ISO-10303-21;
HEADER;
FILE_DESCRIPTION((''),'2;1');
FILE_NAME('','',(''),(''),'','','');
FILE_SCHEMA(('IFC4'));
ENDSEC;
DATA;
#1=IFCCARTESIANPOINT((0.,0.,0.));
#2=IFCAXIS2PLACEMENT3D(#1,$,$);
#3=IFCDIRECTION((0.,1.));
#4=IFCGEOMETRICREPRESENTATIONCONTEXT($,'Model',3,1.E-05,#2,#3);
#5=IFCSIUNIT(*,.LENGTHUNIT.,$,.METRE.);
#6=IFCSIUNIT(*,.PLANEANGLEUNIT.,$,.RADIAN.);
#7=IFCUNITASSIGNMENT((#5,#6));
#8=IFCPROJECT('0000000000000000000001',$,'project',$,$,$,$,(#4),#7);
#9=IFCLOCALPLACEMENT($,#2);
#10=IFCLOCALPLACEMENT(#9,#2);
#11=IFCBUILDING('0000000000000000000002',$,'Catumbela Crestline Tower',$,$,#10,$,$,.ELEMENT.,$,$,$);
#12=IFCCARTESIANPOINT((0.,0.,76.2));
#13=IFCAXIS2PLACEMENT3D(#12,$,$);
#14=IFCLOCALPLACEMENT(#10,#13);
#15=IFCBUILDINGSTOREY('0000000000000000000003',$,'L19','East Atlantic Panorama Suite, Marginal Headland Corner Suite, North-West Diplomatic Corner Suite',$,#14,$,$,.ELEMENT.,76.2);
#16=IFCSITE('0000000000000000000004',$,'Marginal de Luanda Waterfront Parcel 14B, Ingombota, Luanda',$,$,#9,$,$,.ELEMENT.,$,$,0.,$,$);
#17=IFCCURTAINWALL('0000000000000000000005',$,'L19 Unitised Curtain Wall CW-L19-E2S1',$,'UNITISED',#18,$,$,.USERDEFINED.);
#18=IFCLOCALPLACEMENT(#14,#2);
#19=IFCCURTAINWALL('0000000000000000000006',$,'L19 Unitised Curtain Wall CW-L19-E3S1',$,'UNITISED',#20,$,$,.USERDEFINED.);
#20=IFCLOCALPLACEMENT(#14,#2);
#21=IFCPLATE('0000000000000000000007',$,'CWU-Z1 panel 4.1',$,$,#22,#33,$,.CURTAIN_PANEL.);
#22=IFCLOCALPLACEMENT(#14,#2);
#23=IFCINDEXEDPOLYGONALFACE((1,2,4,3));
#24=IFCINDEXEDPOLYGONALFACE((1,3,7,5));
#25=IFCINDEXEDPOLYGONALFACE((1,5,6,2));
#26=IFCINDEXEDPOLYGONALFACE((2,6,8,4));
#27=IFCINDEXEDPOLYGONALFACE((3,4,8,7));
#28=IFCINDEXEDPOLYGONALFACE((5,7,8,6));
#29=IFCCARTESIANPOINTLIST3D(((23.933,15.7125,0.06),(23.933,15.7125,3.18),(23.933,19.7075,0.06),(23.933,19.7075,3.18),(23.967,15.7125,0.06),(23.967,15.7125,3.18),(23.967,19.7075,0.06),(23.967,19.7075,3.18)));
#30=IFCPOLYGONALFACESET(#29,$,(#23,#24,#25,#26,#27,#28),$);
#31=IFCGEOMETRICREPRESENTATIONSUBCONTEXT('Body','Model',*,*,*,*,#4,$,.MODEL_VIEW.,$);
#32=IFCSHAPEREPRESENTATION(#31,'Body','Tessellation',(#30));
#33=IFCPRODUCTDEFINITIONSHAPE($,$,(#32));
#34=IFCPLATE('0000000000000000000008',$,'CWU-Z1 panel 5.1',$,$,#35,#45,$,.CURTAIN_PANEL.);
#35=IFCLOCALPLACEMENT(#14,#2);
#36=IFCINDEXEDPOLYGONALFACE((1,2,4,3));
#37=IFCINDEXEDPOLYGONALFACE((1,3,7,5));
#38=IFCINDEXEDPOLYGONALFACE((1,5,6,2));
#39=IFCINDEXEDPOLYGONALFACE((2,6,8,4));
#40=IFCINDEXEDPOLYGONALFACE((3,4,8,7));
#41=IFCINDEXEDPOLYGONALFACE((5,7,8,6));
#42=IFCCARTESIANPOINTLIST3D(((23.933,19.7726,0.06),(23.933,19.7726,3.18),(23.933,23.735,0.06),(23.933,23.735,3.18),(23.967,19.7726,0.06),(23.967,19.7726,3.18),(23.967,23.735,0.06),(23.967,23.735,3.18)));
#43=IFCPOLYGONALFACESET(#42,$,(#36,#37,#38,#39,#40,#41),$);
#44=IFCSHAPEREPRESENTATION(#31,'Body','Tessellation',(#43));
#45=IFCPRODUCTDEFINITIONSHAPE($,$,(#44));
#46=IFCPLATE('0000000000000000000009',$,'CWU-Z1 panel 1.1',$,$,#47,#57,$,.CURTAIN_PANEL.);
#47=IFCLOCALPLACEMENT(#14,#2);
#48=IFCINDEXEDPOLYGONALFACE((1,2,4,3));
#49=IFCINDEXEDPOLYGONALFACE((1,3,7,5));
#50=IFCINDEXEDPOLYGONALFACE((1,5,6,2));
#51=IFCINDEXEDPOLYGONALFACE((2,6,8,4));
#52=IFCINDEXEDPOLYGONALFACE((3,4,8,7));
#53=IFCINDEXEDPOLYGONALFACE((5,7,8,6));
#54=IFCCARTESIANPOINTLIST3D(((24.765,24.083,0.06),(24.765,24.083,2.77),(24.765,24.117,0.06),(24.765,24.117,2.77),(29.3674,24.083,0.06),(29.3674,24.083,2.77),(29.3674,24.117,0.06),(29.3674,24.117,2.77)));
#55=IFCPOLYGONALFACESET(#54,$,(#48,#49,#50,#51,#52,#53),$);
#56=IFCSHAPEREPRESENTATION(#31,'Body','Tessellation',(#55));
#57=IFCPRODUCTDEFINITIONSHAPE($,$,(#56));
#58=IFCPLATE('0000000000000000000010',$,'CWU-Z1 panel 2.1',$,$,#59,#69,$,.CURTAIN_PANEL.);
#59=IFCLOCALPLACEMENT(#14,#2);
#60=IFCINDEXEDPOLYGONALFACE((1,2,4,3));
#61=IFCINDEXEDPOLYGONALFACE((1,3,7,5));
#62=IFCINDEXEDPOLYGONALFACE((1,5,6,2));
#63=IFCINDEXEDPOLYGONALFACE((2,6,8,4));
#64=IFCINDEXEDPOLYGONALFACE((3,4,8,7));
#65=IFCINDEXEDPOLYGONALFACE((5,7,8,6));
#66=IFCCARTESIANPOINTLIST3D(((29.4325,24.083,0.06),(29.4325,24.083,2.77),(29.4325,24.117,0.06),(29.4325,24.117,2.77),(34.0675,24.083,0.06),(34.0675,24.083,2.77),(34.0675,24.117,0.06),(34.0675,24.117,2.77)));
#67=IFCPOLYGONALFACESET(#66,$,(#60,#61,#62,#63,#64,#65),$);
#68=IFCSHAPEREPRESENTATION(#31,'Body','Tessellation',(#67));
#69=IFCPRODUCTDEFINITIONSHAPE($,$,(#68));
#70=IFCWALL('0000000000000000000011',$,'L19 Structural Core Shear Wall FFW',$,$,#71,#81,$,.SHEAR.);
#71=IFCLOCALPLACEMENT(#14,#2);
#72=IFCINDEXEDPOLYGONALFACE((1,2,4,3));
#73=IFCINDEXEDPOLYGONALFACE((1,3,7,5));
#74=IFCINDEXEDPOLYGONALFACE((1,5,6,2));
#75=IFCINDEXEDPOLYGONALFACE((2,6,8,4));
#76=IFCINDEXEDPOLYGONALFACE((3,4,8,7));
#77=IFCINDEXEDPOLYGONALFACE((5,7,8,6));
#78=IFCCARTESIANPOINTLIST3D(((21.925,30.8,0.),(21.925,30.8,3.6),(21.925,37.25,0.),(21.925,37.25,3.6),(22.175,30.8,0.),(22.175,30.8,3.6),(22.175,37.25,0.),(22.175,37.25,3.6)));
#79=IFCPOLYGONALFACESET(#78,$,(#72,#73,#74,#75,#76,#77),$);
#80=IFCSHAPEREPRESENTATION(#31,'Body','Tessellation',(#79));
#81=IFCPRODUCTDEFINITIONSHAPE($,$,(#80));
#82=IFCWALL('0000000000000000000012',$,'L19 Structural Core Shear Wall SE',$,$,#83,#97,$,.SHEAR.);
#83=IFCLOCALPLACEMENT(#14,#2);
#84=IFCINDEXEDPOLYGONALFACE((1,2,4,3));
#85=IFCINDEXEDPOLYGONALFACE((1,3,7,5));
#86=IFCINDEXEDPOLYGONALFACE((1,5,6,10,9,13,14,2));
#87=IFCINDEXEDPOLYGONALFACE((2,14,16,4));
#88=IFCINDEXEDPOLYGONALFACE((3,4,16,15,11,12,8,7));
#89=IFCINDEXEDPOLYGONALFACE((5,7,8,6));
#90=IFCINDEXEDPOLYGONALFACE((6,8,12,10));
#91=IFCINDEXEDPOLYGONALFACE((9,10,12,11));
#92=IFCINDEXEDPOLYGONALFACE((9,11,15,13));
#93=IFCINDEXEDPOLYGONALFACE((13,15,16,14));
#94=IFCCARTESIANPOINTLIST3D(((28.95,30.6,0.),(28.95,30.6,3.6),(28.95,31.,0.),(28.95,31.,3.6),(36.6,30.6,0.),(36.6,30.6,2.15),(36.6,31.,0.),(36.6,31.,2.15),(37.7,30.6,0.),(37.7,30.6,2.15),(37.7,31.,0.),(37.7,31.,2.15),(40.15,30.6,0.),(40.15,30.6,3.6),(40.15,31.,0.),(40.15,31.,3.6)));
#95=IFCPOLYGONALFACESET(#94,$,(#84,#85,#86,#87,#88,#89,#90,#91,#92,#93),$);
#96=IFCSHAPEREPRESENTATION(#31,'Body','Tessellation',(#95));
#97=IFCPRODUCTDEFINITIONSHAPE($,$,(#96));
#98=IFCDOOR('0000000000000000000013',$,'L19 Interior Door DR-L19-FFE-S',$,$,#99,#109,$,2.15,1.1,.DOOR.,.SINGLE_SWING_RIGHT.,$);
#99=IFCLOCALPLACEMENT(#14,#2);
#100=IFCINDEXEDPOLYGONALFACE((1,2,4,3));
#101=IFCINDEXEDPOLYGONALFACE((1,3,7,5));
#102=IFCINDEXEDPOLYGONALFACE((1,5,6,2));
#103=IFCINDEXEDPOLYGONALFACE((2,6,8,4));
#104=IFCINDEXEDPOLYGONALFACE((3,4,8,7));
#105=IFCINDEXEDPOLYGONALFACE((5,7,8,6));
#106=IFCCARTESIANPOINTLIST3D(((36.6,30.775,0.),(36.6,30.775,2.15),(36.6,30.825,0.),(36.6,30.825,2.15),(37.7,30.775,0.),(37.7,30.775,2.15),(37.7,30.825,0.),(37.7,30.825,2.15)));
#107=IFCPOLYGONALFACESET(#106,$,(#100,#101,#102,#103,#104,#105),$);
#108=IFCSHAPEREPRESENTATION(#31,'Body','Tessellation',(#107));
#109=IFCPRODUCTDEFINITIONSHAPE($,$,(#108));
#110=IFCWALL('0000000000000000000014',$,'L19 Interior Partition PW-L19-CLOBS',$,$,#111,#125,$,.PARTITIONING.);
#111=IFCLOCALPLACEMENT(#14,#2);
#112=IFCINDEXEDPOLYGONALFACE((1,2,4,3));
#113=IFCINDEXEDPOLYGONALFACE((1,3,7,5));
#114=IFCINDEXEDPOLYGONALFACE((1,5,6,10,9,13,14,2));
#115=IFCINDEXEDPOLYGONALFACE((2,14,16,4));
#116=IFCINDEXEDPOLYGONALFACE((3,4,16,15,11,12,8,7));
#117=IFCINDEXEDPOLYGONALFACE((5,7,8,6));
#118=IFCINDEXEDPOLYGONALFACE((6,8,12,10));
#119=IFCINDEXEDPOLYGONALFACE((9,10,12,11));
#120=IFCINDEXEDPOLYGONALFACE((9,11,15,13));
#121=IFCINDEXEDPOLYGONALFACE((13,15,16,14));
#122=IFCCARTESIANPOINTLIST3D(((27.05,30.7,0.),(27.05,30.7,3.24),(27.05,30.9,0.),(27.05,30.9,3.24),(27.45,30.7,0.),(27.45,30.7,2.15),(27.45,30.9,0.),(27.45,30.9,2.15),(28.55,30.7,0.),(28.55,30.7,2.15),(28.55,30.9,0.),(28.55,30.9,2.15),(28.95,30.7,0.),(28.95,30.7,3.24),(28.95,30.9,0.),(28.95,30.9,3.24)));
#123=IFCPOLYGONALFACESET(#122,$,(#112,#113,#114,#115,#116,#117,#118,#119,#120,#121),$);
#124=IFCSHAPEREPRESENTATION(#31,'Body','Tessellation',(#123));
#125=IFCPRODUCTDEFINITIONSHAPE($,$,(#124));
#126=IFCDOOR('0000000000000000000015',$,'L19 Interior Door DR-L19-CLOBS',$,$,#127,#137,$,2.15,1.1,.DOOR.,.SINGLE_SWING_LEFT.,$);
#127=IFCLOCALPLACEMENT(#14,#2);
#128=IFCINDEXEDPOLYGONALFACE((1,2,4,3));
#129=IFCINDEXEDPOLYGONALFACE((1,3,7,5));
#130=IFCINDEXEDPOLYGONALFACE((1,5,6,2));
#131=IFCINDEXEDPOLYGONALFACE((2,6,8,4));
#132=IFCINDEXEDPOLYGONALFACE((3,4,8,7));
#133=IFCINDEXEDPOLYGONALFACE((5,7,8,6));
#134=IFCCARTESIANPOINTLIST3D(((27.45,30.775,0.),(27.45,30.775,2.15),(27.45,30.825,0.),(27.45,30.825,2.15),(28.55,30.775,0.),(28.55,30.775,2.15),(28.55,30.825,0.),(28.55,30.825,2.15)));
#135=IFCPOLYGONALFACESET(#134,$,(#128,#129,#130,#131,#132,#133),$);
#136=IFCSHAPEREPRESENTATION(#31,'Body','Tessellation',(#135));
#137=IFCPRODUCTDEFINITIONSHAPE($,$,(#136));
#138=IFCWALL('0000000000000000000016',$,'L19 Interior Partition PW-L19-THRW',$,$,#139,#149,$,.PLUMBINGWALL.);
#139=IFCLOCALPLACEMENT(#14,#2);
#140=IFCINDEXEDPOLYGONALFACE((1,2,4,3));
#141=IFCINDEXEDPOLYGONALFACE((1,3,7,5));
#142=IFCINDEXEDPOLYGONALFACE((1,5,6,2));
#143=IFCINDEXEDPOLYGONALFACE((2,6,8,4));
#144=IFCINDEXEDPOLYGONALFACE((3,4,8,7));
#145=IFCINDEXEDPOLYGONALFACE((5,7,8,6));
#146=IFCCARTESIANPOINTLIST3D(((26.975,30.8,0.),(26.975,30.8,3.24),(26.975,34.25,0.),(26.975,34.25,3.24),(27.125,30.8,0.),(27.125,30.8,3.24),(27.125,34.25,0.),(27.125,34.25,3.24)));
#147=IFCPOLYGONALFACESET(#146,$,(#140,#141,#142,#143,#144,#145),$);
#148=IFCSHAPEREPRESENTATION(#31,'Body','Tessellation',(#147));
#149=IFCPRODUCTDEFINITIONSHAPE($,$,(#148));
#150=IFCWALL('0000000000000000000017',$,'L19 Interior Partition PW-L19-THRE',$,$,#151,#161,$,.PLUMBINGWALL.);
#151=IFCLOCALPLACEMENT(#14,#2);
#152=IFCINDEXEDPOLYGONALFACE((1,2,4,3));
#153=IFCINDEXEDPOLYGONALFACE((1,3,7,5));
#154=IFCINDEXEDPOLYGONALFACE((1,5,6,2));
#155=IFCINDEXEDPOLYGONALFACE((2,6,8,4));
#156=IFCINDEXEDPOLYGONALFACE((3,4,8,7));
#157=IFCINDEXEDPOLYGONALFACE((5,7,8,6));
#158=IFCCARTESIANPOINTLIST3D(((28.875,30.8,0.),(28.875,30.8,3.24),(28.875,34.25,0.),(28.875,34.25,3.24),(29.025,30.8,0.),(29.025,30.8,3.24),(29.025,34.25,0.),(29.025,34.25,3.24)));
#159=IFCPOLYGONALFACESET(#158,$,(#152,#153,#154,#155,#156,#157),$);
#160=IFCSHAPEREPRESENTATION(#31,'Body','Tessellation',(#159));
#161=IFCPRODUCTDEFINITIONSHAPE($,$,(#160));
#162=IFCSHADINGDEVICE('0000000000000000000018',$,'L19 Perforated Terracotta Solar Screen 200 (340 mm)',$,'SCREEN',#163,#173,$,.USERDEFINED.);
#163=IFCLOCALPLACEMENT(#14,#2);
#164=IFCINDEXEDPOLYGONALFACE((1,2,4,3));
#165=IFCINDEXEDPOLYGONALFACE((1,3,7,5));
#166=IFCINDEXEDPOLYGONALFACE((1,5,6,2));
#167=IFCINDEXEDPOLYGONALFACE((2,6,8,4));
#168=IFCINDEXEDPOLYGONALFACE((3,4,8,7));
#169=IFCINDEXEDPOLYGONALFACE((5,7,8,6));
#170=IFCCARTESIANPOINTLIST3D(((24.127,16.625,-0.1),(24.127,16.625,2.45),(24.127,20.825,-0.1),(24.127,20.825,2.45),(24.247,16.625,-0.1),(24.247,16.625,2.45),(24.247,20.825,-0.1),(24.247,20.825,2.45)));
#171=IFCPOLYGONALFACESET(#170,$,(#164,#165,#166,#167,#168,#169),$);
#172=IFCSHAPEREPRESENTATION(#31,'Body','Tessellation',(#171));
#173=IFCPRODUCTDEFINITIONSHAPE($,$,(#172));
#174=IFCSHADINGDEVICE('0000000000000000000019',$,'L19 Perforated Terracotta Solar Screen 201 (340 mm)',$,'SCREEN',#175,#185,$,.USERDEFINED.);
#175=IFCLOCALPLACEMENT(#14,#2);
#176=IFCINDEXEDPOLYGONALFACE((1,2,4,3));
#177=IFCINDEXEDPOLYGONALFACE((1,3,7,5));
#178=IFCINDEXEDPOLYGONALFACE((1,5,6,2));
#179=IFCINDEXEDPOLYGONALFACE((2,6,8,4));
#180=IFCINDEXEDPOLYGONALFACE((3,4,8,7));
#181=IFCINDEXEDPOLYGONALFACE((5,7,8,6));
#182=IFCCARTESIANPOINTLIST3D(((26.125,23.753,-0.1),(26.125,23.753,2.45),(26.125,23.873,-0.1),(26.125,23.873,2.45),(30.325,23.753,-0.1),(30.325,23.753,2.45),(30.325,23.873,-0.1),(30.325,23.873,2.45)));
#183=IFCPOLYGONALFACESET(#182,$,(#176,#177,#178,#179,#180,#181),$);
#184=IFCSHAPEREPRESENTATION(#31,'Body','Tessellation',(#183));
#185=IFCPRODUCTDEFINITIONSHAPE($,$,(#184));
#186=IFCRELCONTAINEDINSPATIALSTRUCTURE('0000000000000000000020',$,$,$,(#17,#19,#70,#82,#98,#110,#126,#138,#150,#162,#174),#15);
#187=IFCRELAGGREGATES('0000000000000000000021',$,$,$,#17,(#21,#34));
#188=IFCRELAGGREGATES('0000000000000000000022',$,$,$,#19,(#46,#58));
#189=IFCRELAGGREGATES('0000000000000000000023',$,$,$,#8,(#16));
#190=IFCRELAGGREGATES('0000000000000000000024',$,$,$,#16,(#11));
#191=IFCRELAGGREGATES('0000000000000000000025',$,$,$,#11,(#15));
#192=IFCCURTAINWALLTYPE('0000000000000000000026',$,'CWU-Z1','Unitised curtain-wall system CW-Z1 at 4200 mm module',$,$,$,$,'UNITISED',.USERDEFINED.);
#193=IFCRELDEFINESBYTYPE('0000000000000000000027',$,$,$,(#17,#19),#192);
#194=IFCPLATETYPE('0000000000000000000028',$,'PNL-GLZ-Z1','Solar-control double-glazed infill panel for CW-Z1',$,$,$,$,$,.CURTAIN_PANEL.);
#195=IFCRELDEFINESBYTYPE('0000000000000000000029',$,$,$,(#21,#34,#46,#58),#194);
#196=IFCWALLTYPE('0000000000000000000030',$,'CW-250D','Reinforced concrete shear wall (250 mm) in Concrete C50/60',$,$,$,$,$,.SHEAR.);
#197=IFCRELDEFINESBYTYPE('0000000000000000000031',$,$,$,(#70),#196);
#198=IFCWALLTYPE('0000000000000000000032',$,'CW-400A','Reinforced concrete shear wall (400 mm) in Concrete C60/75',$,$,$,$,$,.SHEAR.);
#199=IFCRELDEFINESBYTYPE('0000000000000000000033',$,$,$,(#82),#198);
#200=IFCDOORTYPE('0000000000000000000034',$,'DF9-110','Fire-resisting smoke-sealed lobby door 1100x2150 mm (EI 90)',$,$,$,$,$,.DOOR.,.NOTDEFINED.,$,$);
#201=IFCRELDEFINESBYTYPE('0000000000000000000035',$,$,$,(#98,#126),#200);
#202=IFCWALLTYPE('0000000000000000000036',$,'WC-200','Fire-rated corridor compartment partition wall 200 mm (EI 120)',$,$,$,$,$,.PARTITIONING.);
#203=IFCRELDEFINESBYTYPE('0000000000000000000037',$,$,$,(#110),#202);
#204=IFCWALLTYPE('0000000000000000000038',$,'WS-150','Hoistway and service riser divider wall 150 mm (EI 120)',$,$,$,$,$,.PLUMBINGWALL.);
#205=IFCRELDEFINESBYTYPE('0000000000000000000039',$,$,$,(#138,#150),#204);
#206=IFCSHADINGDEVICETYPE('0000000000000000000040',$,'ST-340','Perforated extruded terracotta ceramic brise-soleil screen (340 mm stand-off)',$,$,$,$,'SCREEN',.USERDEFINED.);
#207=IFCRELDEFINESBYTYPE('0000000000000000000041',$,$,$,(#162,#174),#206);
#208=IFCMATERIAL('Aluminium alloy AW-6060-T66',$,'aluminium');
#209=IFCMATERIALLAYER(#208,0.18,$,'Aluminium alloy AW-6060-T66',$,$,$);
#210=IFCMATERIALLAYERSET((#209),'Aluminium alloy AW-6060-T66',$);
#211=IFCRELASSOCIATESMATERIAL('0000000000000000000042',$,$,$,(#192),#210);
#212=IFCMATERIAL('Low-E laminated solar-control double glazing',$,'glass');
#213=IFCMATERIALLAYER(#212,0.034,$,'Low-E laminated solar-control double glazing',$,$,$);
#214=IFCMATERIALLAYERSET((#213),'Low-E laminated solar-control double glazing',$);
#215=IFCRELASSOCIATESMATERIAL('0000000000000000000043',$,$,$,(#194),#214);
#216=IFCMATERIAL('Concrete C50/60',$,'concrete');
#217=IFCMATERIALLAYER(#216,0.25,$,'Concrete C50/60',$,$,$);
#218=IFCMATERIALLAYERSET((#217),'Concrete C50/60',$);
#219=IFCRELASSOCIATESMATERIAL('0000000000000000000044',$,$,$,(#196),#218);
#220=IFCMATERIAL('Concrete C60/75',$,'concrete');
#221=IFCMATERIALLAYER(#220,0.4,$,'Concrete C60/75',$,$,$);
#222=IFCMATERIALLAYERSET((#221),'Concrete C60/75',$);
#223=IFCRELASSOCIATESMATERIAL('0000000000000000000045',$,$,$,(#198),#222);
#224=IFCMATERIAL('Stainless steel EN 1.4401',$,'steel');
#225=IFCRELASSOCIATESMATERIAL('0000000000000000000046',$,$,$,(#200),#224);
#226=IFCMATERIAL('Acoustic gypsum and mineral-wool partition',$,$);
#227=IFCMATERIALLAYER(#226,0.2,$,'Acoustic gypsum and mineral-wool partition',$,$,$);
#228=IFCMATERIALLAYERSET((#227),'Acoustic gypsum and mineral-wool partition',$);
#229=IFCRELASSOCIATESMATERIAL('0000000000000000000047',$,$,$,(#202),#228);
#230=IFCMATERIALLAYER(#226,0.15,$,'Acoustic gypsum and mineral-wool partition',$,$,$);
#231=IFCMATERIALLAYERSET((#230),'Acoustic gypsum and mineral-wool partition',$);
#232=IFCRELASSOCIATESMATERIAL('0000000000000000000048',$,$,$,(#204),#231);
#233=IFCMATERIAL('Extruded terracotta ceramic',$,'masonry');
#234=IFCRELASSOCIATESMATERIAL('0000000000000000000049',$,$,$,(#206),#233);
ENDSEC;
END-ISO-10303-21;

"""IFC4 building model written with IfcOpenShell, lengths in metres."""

from ifc_helpers import new_model, si_unit, direction, frame, frame_2d, origin, origin_2d, place, context, subcontext, project, spatial, rectangle, extrude, material, layer, layer_set, type_object, element, fill, aggregate, save


model = new_model("IFC4")

# Units and contexts
model_context = context("Model", 3, precision=1e-05, world=origin(), true_north=direction((0.0, 1.0)))
body_context = subcontext(model_context, "Body", "Model", "MODEL_VIEW")
ifc_project = project(units=[si_unit("LENGTHUNIT", "METRE"), si_unit("PLANEANGLEUNIT", "RADIAN")], contexts=[model_context])

# Site, building, storey
site_placement = place(None, origin())
site = spatial("IfcSite", under=ifc_project, at=site_placement, Name="Marginal de Luanda Waterfront Parcel 14B, Ingombota, Luanda", CompositionType="ELEMENT", RefElevation=0.0)
building_placement = place(site_placement, origin())
building = spatial("IfcBuilding", under=site, at=building_placement, Name="Catumbela Crestline Tower", CompositionType="ELEMENT")
storey_placement = place(building_placement, frame((0.0, 0.0, 76.2)))
storey = spatial("IfcBuildingStorey", under=building, at=storey_placement, Name="L19", Description="East Atlantic Panorama Suite, Marginal Headland Corner Suite, North-West Diplomatic Corner Suite", CompositionType="ELEMENT", Elevation=76.2)

# Shared definitions
ifc_material_1 = material(Name="Concrete C60/75", Category="concrete")

# Curtain walls
ifc_material_2 = material(Name="Aluminium alloy AW-6060-T66", Category="aluminium")
ifc_layer_1 = layer(ifc_material_2, 0.18, Name="Aluminium alloy AW-6060-T66")
ifc_layer_set_1 = layer_set([ifc_layer_1], Name="Aluminium alloy AW-6060-T66")
curtain_wall_type = type_object("IfcCurtainWallType", Name="CWU-Z1", Description="Unitised curtain-wall system CW-Z1 at 4200 mm module", ElementType="UNITISED", PredefinedType="USERDEFINED", material=ifc_layer_set_1)
curtain_wall_1_placement = place(storey_placement, origin())
curtain_wall_1 = element("IfcCurtainWall", 1, at=curtain_wall_1_placement, inside=storey, type_object=curtain_wall_type, Name="L19 Unitised Curtain Wall CW-L19-E2S1", ObjectType="UNITISED", PredefinedType="USERDEFINED")
curtain_wall_2_placement = place(storey_placement, origin())
curtain_wall_2 = element("IfcCurtainWall", 2, at=curtain_wall_2_placement, inside=storey, type_object=curtain_wall_type, Name="L19 Unitised Curtain Wall CW-L19-E3S1", ObjectType="UNITISED", PredefinedType="USERDEFINED")

# Plates
ifc_material_3 = material(Name="Low-E laminated solar-control double glazing", Category="glass")
ifc_layer_2 = layer(ifc_material_3, 0.034, Name="Low-E laminated solar-control double glazing")
ifc_layer_set_2 = layer_set([ifc_layer_2], Name="Low-E laminated solar-control double glazing")
plate_type = type_object("IfcPlateType", Name="PNL-GLZ-Z1", Description="Solar-control double-glazed infill panel for CW-Z1", PredefinedType="CURTAIN_PANEL", material=ifc_layer_set_2)
plate_1_placement = place(storey_placement, frame((23.95, 17.71, 0.06), z_axis=(0.0, 0.0, 1.0), x_axis=(0.0, 1.0, 0.0)))
plate_1 = element("IfcPlate", 3, at=plate_1_placement, type_object=plate_type, Name="CWU-Z1 panel 4.1", PredefinedType="CURTAIN_PANEL", context=body_context, shape_type="SweptSolid", body=[
    extrude(rectangle(XDim=3.995, YDim=0.034, at=origin_2d()), origin(), (0.0, 0.0, 1.0), 3.12),
])
plate_2_placement = place(storey_placement, frame((23.95, 21.7538, 0.06), z_axis=(0.0, 0.0, 1.0), x_axis=(0.0, 1.0, 0.0)))
plate_2 = element("IfcPlate", 4, at=plate_2_placement, type_object=plate_type, Name="CWU-Z1 panel 5.1", PredefinedType="CURTAIN_PANEL", context=body_context, shape_type="SweptSolid", body=[
    extrude(rectangle(XDim=3.9625, YDim=0.034, at=origin_2d()), origin(), (0.0, 0.0, 1.0), 3.12),
])
aggregate(curtain_wall_1, [plate_1, plate_2])
plate_3_placement = place(storey_placement, frame((27.0662, 24.1, 0.06), z_axis=(0.0, 0.0, 1.0), x_axis=(1.0, 0.0, 0.0)))
plate_3 = element("IfcPlate", 5, at=plate_3_placement, type_object=plate_type, Name="CWU-Z1 panel 1.1", PredefinedType="CURTAIN_PANEL", context=body_context, shape_type="SweptSolid", body=[
    extrude(rectangle(XDim=4.6025, YDim=0.034, at=origin_2d()), origin(), (0.0, 0.0, 1.0), 2.71),
])
plate_4_placement = place(storey_placement, frame((31.75, 24.1, 0.06), z_axis=(0.0, 0.0, 1.0), x_axis=(1.0, 0.0, 0.0)))
plate_4 = element("IfcPlate", 6, at=plate_4_placement, type_object=plate_type, Name="CWU-Z1 panel 2.1", PredefinedType="CURTAIN_PANEL", context=body_context, shape_type="SweptSolid", body=[
    extrude(rectangle(XDim=4.635, YDim=0.034, at=origin_2d()), origin(), (0.0, 0.0, 1.0), 2.71),
])
aggregate(curtain_wall_2, [plate_3, plate_4])

# Wall
ifc_material_4 = material(Name="Concrete C50/60", Category="concrete")
ifc_layer_3 = layer(ifc_material_4, 0.25, Name="Concrete C50/60")
ifc_layer_set_3 = layer_set([ifc_layer_3], Name="Concrete C50/60")
wall_type_1 = type_object("IfcWallType", Name="CW-250D", Description="Reinforced concrete shear wall (250 mm) in Concrete C50/60", PredefinedType="SHEAR", material=ifc_layer_set_3)
wall_1_placement = place(storey_placement, frame((22.05, 30.8, 0.0), z_axis=(0.0, 0.0, 1.0), x_axis=(0.0, 1.0, 0.0)))
element("IfcWall", 7, at=wall_1_placement, inside=storey, type_object=wall_type_1, Name="L19 Structural Core Shear Wall FFW", PredefinedType="SHEAR", context=body_context, shape_type="SweptSolid", body=[
    extrude(rectangle(XDim=6.45, YDim=0.25, at=frame_2d((3.225, 0.0))), origin(), (0.0, 0.0, 1.0), 3.6),
])

# Walls, openings, doors
ifc_layer_4 = layer(ifc_material_1, 0.4, Name="Concrete C60/75")
ifc_layer_set_4 = layer_set([ifc_layer_4], Name="Concrete C60/75")
wall_type_2 = type_object("IfcWallType", Name="CW-400A", Description="Reinforced concrete shear wall (400 mm) in Concrete C60/75", PredefinedType="SHEAR", material=ifc_layer_set_4)
wall_2_placement = place(storey_placement, frame((28.95, 30.8, 0.0), z_axis=(0.0, 0.0, 1.0), x_axis=(1.0, 0.0, 0.0)))
wall_2 = element("IfcWall", 8, at=wall_2_placement, inside=storey, type_object=wall_type_2, Name="L19 Structural Core Shear Wall SE", PredefinedType="SHEAR", context=body_context, shape_type="SweptSolid", body=[
    extrude(rectangle(XDim=11.2, YDim=0.4, at=frame_2d((5.6, 0.0))), origin(), (0.0, 0.0, 1.0), 3.6),
])
opening_1_placement = place(wall_2_placement, frame((7.65, 0.0, 0.0)))
opening_1 = element("IfcOpeningElement", 9, at=opening_1_placement, cuts=wall_2, PredefinedType="OPENING", context=body_context, shape_type="SweptSolid", body=[
    extrude(rectangle(XDim=1.1, YDim=2.15, at=frame_2d((0.55, 1.075))), frame((0.0, 0.21, 0.0), z_axis=(0.0, -1.0, 0.0), x_axis=(1.0, 0.0, 0.0)), (0.0, 0.0, 1.0), 0.42),
])
ifc_material_5 = material(Name="Stainless steel EN 1.4401", Category="steel")
door_type = type_object("IfcDoorType", Name="DF9-110", Description="Fire-resisting smoke-sealed lobby door 1100x2150 mm (EI 90)", OperationType="NOTDEFINED", PredefinedType="DOOR", material=ifc_material_5)
door_1_placement = place(opening_1_placement, origin())
door_1 = element("IfcDoor", 10, at=door_1_placement, inside=storey, type_object=door_type, Name="L19 Interior Door DR-L19-FFE-S", OperationType="SINGLE_SWING_RIGHT", OverallHeight=2.15, OverallWidth=1.1, PredefinedType="DOOR", context=body_context, shape_type="SweptSolid", body=[
    extrude(rectangle(XDim=1.1, YDim=2.15, at=frame_2d((0.55, 1.075))), frame((0.0, 0.025, 0.0), z_axis=(0.0, -1.0, 0.0), x_axis=(1.0, 0.0, 0.0)), (0.0, 0.0, 1.0), 0.05),
])
fill(opening_1, door_1)
ifc_material_6 = material(Name="Acoustic gypsum and mineral-wool partition")
ifc_layer_5 = layer(ifc_material_6, 0.2, Name="Acoustic gypsum and mineral-wool partition")
ifc_layer_set_5 = layer_set([ifc_layer_5], Name="Acoustic gypsum and mineral-wool partition")
wall_type_3 = type_object("IfcWallType", Name="WC-200", Description="Fire-rated corridor compartment partition wall 200 mm (EI 120)", PredefinedType="PARTITIONING", material=ifc_layer_set_5)
wall_3_placement = place(storey_placement, frame((27.05, 30.8, 0.0), z_axis=(0.0, 0.0, 1.0), x_axis=(1.0, 0.0, 0.0)))
wall_3 = element("IfcWall", 11, at=wall_3_placement, inside=storey, type_object=wall_type_3, Name="L19 Interior Partition PW-L19-CLOBS", PredefinedType="PARTITIONING", context=body_context, shape_type="SweptSolid", body=[
    extrude(rectangle(XDim=1.9, YDim=0.2, at=frame_2d((0.95, 0.0))), origin(), (0.0, 0.0, 1.0), 3.24),
])
opening_2_placement = place(wall_3_placement, frame((0.4, 0.0, 0.0)))
opening_2 = element("IfcOpeningElement", 12, at=opening_2_placement, cuts=wall_3, PredefinedType="OPENING", context=body_context, shape_type="SweptSolid", body=[
    extrude(rectangle(XDim=1.1, YDim=2.15, at=frame_2d((0.55, 1.075))), frame((0.0, 0.11, 0.0), z_axis=(0.0, -1.0, 0.0), x_axis=(1.0, 0.0, 0.0)), (0.0, 0.0, 1.0), 0.22),
])
door_2_placement = place(opening_2_placement, origin())
door_2 = element("IfcDoor", 13, at=door_2_placement, inside=storey, type_object=door_type, Name="L19 Interior Door DR-L19-CLOBS", OperationType="SINGLE_SWING_LEFT", OverallHeight=2.15, OverallWidth=1.1, PredefinedType="DOOR", context=body_context, shape_type="SweptSolid", body=[
    extrude(rectangle(XDim=1.1, YDim=2.15, at=frame_2d((0.55, 1.075))), frame((0.0, 0.025, 0.0), z_axis=(0.0, -1.0, 0.0), x_axis=(1.0, 0.0, 0.0)), (0.0, 0.0, 1.0), 0.05),
])
fill(opening_2, door_2)

# Walls
ifc_layer_6 = layer(ifc_material_6, 0.15, Name="Acoustic gypsum and mineral-wool partition")
ifc_layer_set_6 = layer_set([ifc_layer_6], Name="Acoustic gypsum and mineral-wool partition")
wall_type_4 = type_object("IfcWallType", Name="WS-150", Description="Hoistway and service riser divider wall 150 mm (EI 120)", PredefinedType="PLUMBINGWALL", material=ifc_layer_set_6)
for number, where, z_axis, x_axis, name in (
    (14, (27.05, 30.8, 0.0), (0.0, 0.0, 1.0), (0.0, 1.0, 0.0), "L19 Interior Partition PW-L19-THRW"),
    (15, (28.95, 30.8, 0.0), (0.0, 0.0, 1.0), (0.0, 1.0, 0.0), "L19 Interior Partition PW-L19-THRE"),
):
    element("IfcWall", number, at=place(storey_placement, frame(where, z_axis=z_axis, x_axis=x_axis)), inside=storey, type_object=wall_type_4, Name=name, PredefinedType="PLUMBINGWALL", context=body_context, shape_type="SweptSolid", body=[
        extrude(rectangle(XDim=3.45, YDim=0.15, at=frame_2d((1.725, 0.0))), origin(), (0.0, 0.0, 1.0), 3.24),
    ])

# Shading devices
ifc_material_7 = material(Name="Extruded terracotta ceramic", Category="masonry")
shading_device_type = type_object("IfcShadingDeviceType", Name="ST-340", Description="Perforated extruded terracotta ceramic brise-soleil screen (340 mm stand-off)", ElementType="SCREEN", PredefinedType="USERDEFINED", material=ifc_material_7)
for number, where, z_axis, x_axis, name in (
    (16, (24.187, 18.725, -0.1), (0.0, 0.0, 1.0), (0.0, 1.0, 0.0), "L19 Perforated Terracotta Solar Screen 200 (340 mm)"),
    (17, (28.225, 23.813, -0.1), (0.0, 0.0, 1.0), (1.0, 0.0, 0.0), "L19 Perforated Terracotta Solar Screen 201 (340 mm)"),
):
    element("IfcShadingDevice", number, at=place(storey_placement, frame(where, z_axis=z_axis, x_axis=x_axis)), inside=storey, type_object=shading_device_type, Name=name, ObjectType="SCREEN", PredefinedType="USERDEFINED", context=body_context, shape_type="SweptSolid", body=[
        extrude(rectangle(XDim=4.2, YDim=0.12, at=origin_2d()), origin(), (0.0, 0.0, 1.0), 2.55),
    ])

save(model, "model.ifc")
